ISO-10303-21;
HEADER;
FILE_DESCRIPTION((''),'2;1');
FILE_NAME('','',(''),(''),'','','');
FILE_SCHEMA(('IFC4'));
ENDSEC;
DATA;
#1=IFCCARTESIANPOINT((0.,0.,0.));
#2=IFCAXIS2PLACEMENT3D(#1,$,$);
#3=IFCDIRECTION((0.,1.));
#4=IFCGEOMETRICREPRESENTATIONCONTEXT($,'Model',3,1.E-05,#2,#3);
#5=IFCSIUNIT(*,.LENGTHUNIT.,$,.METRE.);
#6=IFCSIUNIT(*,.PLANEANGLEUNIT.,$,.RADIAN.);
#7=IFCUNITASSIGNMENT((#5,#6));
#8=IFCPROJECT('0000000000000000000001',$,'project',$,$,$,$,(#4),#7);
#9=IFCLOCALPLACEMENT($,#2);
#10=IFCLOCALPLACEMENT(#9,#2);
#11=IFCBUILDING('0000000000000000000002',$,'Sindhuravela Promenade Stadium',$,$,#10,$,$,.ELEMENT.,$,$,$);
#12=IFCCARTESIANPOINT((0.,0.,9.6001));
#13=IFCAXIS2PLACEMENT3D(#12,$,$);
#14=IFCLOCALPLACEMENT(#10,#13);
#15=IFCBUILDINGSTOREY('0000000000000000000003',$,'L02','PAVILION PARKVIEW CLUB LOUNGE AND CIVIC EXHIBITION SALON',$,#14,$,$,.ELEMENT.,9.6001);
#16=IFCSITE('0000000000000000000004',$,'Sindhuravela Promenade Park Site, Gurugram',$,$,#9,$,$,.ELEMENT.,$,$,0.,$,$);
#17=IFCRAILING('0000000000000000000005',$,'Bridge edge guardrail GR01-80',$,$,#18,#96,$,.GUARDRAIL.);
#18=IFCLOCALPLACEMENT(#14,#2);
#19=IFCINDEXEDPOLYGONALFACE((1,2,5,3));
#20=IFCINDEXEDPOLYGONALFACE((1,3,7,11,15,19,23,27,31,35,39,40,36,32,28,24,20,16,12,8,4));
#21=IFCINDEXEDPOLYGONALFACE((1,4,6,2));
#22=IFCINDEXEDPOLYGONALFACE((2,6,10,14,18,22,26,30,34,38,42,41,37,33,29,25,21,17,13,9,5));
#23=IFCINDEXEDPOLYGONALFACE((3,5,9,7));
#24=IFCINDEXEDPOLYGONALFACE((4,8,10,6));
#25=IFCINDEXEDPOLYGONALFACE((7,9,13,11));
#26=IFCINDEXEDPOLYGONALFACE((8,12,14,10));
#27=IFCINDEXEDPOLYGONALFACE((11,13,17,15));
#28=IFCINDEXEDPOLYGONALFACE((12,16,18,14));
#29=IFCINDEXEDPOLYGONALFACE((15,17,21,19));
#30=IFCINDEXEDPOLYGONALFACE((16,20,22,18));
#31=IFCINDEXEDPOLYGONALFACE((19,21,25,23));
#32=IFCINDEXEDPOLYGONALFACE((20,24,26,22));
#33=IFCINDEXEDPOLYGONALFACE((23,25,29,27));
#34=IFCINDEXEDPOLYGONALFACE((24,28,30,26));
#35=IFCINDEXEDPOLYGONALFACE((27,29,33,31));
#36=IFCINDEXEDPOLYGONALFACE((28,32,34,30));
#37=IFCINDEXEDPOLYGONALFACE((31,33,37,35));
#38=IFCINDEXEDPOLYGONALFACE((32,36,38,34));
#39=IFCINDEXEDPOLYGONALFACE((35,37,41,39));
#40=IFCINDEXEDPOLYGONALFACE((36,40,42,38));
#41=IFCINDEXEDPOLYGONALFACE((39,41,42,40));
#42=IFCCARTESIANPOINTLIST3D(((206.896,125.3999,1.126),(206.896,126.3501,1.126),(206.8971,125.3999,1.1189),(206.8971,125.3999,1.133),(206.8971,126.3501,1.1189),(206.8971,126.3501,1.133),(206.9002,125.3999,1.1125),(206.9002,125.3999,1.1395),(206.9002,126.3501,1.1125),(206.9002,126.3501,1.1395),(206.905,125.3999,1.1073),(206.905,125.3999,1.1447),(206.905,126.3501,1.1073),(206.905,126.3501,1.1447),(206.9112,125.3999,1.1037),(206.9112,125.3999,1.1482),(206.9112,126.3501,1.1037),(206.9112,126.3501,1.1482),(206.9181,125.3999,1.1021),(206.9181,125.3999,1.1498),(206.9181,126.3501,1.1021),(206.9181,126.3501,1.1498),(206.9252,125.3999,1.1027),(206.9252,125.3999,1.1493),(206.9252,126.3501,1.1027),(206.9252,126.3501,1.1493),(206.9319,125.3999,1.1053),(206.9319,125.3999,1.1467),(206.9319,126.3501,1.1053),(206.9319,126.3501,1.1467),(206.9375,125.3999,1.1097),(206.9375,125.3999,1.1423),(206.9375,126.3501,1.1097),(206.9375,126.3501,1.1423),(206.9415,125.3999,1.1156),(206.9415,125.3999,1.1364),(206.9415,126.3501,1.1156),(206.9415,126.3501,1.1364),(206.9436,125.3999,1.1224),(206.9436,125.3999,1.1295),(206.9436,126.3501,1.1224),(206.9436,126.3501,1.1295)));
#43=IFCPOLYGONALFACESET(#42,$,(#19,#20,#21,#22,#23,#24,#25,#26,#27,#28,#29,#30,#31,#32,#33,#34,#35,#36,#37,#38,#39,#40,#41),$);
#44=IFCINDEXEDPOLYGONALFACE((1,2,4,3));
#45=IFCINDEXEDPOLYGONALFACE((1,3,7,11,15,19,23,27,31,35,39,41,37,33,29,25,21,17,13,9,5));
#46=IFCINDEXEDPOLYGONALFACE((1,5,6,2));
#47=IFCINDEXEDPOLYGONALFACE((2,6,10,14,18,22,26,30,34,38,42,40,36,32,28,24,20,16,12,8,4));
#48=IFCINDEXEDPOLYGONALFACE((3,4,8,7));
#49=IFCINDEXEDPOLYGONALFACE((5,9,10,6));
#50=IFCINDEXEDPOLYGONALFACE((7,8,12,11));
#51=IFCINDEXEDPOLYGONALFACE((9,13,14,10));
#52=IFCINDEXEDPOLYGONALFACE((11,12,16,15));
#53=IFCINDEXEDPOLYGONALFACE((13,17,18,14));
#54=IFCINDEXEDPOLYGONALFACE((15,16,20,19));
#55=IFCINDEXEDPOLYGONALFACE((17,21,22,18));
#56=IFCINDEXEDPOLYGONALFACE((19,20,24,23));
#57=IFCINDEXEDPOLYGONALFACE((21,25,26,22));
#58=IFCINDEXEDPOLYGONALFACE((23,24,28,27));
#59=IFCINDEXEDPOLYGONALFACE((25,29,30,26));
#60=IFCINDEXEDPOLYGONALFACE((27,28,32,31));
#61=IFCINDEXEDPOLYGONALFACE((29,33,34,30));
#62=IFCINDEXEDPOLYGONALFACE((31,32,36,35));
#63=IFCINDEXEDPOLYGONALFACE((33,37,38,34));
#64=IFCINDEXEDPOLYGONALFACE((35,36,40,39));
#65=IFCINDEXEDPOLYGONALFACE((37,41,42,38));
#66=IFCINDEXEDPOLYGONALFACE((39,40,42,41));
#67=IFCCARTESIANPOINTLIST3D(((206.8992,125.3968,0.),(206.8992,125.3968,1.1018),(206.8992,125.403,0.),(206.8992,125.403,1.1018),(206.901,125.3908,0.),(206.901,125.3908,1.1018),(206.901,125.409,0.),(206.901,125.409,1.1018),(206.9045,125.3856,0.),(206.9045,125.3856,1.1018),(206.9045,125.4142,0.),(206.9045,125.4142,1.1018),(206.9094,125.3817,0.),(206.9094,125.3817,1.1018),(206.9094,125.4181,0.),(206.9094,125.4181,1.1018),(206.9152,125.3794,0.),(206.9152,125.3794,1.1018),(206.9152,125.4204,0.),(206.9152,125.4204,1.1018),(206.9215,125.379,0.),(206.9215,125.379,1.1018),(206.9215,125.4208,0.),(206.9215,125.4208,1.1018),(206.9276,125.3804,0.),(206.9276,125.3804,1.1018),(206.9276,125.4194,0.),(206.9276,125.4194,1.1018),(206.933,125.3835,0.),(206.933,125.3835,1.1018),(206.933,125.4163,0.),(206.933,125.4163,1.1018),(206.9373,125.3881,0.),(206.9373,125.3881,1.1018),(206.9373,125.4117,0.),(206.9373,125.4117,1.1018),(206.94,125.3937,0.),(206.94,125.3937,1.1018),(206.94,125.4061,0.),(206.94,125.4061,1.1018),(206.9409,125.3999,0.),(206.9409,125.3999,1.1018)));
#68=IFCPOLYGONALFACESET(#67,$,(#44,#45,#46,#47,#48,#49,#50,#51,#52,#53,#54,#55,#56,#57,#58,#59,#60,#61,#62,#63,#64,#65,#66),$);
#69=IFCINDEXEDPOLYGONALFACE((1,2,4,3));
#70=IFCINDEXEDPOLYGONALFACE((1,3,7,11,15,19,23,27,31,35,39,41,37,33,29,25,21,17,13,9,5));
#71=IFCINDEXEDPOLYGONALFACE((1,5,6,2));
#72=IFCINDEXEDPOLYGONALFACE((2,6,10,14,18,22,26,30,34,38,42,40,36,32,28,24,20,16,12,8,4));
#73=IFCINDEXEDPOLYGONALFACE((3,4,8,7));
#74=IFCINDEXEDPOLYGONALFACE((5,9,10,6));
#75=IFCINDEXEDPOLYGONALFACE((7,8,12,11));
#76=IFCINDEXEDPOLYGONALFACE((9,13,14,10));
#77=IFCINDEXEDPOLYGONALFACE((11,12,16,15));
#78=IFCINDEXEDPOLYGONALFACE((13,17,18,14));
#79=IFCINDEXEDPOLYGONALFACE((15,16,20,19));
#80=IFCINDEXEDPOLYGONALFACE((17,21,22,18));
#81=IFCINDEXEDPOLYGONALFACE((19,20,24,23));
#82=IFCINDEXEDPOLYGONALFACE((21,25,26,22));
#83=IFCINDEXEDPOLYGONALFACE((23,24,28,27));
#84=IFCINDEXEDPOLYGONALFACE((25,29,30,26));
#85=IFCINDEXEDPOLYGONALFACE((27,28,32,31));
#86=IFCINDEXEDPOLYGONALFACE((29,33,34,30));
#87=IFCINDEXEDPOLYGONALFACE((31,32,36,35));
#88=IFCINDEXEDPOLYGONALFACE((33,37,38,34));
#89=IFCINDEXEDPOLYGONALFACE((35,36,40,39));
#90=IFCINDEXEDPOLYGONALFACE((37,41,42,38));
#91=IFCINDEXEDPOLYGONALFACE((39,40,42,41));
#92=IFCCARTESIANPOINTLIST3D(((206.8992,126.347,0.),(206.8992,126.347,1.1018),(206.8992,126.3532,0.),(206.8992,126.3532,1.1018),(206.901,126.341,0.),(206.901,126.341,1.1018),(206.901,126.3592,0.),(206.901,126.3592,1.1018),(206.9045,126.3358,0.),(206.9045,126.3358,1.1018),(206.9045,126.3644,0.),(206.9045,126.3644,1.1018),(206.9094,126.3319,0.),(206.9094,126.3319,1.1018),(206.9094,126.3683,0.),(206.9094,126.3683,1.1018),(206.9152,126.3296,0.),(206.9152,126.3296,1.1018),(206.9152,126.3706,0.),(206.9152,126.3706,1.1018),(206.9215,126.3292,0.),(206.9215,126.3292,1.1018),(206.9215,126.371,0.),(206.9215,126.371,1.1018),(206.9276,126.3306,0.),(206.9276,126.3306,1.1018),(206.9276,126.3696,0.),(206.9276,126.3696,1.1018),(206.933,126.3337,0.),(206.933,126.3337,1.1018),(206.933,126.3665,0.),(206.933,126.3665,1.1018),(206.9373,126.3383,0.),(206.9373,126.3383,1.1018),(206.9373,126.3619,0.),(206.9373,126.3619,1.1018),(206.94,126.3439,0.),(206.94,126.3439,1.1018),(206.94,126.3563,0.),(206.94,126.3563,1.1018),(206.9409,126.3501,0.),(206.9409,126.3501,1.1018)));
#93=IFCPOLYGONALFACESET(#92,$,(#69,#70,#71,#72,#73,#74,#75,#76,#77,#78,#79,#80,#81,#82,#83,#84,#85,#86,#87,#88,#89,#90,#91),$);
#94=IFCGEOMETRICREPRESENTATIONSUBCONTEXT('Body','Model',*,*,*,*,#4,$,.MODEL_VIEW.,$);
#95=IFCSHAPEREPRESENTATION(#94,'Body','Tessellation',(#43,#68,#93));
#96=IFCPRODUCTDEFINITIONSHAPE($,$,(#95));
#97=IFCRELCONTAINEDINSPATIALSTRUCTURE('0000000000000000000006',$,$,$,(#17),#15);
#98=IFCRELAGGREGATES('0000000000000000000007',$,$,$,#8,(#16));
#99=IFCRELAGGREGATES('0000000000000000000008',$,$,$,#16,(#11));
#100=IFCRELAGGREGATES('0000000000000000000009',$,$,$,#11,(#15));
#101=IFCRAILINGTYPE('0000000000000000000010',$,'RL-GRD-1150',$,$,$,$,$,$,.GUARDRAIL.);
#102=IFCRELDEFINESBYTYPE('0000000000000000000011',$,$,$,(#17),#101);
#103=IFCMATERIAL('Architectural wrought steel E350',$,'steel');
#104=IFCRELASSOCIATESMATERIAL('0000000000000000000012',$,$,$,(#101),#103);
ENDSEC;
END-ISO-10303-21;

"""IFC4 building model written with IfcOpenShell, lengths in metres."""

from ifc_helpers import new_model, si_unit, direction, frame, origin, origin_2d, place, context, subcontext, project, spatial, circle, extrude, material, type_object, element, save


model = new_model("IFC4")

# Units and contexts
model_context = context("Model", 3, precision=1e-05, world=origin(), true_north=direction((0.0, 1.0)))
body_context = subcontext(model_context, "Body", "Model", "MODEL_VIEW")
ifc_project = project(units=[si_unit("LENGTHUNIT", "METRE"), si_unit("PLANEANGLEUNIT", "RADIAN")], contexts=[model_context])

# Site, building, storey
site_placement = place(None, origin())
site = spatial("IfcSite", under=ifc_project, at=site_placement, Name="Sindhuravela Promenade Park Site, Gurugram", CompositionType="ELEMENT", RefElevation=0.0)
building_placement = place(site_placement, origin())
building = spatial("IfcBuilding", under=site, at=building_placement, Name="Sindhuravela Promenade Stadium", CompositionType="ELEMENT")
storey_placement = place(building_placement, frame((0.0, 0.0, 9.6001)))
storey = spatial("IfcBuildingStorey", under=building, at=storey_placement, Name="L02", Description="PAVILION PARKVIEW CLUB LOUNGE AND CIVIC EXHIBITION SALON", CompositionType="ELEMENT", Elevation=9.6001)

# Railing
ifc_material_1 = material(Name="Architectural wrought steel E350", Category="steel")
railing_type = type_object("IfcRailingType", Name="RL-GRD-1150", PredefinedType="GUARDRAIL", material=ifc_material_1)
for number, where, name in (
    (1, (206.9199, 125.3999, 0.0), "Bridge edge guardrail GR01-80"),
):
    element("IfcRailing", number, at=place(storey_placement, frame(where)), inside=storey, type_object=railing_type, Name=name, PredefinedType="GUARDRAIL", context=body_context, shape_type="SweptSolid", body=[
        extrude(circle(Radius=0.0239, at=origin_2d()), frame((0.0, 0.0, 1.126), z_axis=(0.0, 1.0, 0.0), x_axis=(-1.0, 0.0, 0.0)), (0.0, 0.0, 1.0), 0.9502),
        extrude(circle(Radius=0.021, at=origin_2d()), origin(), (0.0, 0.0, 1.0), 1.1018),
        extrude(circle(Radius=0.021, at=origin_2d()), frame((0.0, 0.9502, 0.0)), (0.0, 0.0, 1.0), 1.1018),
    ])

save(model, "model.ifc")
